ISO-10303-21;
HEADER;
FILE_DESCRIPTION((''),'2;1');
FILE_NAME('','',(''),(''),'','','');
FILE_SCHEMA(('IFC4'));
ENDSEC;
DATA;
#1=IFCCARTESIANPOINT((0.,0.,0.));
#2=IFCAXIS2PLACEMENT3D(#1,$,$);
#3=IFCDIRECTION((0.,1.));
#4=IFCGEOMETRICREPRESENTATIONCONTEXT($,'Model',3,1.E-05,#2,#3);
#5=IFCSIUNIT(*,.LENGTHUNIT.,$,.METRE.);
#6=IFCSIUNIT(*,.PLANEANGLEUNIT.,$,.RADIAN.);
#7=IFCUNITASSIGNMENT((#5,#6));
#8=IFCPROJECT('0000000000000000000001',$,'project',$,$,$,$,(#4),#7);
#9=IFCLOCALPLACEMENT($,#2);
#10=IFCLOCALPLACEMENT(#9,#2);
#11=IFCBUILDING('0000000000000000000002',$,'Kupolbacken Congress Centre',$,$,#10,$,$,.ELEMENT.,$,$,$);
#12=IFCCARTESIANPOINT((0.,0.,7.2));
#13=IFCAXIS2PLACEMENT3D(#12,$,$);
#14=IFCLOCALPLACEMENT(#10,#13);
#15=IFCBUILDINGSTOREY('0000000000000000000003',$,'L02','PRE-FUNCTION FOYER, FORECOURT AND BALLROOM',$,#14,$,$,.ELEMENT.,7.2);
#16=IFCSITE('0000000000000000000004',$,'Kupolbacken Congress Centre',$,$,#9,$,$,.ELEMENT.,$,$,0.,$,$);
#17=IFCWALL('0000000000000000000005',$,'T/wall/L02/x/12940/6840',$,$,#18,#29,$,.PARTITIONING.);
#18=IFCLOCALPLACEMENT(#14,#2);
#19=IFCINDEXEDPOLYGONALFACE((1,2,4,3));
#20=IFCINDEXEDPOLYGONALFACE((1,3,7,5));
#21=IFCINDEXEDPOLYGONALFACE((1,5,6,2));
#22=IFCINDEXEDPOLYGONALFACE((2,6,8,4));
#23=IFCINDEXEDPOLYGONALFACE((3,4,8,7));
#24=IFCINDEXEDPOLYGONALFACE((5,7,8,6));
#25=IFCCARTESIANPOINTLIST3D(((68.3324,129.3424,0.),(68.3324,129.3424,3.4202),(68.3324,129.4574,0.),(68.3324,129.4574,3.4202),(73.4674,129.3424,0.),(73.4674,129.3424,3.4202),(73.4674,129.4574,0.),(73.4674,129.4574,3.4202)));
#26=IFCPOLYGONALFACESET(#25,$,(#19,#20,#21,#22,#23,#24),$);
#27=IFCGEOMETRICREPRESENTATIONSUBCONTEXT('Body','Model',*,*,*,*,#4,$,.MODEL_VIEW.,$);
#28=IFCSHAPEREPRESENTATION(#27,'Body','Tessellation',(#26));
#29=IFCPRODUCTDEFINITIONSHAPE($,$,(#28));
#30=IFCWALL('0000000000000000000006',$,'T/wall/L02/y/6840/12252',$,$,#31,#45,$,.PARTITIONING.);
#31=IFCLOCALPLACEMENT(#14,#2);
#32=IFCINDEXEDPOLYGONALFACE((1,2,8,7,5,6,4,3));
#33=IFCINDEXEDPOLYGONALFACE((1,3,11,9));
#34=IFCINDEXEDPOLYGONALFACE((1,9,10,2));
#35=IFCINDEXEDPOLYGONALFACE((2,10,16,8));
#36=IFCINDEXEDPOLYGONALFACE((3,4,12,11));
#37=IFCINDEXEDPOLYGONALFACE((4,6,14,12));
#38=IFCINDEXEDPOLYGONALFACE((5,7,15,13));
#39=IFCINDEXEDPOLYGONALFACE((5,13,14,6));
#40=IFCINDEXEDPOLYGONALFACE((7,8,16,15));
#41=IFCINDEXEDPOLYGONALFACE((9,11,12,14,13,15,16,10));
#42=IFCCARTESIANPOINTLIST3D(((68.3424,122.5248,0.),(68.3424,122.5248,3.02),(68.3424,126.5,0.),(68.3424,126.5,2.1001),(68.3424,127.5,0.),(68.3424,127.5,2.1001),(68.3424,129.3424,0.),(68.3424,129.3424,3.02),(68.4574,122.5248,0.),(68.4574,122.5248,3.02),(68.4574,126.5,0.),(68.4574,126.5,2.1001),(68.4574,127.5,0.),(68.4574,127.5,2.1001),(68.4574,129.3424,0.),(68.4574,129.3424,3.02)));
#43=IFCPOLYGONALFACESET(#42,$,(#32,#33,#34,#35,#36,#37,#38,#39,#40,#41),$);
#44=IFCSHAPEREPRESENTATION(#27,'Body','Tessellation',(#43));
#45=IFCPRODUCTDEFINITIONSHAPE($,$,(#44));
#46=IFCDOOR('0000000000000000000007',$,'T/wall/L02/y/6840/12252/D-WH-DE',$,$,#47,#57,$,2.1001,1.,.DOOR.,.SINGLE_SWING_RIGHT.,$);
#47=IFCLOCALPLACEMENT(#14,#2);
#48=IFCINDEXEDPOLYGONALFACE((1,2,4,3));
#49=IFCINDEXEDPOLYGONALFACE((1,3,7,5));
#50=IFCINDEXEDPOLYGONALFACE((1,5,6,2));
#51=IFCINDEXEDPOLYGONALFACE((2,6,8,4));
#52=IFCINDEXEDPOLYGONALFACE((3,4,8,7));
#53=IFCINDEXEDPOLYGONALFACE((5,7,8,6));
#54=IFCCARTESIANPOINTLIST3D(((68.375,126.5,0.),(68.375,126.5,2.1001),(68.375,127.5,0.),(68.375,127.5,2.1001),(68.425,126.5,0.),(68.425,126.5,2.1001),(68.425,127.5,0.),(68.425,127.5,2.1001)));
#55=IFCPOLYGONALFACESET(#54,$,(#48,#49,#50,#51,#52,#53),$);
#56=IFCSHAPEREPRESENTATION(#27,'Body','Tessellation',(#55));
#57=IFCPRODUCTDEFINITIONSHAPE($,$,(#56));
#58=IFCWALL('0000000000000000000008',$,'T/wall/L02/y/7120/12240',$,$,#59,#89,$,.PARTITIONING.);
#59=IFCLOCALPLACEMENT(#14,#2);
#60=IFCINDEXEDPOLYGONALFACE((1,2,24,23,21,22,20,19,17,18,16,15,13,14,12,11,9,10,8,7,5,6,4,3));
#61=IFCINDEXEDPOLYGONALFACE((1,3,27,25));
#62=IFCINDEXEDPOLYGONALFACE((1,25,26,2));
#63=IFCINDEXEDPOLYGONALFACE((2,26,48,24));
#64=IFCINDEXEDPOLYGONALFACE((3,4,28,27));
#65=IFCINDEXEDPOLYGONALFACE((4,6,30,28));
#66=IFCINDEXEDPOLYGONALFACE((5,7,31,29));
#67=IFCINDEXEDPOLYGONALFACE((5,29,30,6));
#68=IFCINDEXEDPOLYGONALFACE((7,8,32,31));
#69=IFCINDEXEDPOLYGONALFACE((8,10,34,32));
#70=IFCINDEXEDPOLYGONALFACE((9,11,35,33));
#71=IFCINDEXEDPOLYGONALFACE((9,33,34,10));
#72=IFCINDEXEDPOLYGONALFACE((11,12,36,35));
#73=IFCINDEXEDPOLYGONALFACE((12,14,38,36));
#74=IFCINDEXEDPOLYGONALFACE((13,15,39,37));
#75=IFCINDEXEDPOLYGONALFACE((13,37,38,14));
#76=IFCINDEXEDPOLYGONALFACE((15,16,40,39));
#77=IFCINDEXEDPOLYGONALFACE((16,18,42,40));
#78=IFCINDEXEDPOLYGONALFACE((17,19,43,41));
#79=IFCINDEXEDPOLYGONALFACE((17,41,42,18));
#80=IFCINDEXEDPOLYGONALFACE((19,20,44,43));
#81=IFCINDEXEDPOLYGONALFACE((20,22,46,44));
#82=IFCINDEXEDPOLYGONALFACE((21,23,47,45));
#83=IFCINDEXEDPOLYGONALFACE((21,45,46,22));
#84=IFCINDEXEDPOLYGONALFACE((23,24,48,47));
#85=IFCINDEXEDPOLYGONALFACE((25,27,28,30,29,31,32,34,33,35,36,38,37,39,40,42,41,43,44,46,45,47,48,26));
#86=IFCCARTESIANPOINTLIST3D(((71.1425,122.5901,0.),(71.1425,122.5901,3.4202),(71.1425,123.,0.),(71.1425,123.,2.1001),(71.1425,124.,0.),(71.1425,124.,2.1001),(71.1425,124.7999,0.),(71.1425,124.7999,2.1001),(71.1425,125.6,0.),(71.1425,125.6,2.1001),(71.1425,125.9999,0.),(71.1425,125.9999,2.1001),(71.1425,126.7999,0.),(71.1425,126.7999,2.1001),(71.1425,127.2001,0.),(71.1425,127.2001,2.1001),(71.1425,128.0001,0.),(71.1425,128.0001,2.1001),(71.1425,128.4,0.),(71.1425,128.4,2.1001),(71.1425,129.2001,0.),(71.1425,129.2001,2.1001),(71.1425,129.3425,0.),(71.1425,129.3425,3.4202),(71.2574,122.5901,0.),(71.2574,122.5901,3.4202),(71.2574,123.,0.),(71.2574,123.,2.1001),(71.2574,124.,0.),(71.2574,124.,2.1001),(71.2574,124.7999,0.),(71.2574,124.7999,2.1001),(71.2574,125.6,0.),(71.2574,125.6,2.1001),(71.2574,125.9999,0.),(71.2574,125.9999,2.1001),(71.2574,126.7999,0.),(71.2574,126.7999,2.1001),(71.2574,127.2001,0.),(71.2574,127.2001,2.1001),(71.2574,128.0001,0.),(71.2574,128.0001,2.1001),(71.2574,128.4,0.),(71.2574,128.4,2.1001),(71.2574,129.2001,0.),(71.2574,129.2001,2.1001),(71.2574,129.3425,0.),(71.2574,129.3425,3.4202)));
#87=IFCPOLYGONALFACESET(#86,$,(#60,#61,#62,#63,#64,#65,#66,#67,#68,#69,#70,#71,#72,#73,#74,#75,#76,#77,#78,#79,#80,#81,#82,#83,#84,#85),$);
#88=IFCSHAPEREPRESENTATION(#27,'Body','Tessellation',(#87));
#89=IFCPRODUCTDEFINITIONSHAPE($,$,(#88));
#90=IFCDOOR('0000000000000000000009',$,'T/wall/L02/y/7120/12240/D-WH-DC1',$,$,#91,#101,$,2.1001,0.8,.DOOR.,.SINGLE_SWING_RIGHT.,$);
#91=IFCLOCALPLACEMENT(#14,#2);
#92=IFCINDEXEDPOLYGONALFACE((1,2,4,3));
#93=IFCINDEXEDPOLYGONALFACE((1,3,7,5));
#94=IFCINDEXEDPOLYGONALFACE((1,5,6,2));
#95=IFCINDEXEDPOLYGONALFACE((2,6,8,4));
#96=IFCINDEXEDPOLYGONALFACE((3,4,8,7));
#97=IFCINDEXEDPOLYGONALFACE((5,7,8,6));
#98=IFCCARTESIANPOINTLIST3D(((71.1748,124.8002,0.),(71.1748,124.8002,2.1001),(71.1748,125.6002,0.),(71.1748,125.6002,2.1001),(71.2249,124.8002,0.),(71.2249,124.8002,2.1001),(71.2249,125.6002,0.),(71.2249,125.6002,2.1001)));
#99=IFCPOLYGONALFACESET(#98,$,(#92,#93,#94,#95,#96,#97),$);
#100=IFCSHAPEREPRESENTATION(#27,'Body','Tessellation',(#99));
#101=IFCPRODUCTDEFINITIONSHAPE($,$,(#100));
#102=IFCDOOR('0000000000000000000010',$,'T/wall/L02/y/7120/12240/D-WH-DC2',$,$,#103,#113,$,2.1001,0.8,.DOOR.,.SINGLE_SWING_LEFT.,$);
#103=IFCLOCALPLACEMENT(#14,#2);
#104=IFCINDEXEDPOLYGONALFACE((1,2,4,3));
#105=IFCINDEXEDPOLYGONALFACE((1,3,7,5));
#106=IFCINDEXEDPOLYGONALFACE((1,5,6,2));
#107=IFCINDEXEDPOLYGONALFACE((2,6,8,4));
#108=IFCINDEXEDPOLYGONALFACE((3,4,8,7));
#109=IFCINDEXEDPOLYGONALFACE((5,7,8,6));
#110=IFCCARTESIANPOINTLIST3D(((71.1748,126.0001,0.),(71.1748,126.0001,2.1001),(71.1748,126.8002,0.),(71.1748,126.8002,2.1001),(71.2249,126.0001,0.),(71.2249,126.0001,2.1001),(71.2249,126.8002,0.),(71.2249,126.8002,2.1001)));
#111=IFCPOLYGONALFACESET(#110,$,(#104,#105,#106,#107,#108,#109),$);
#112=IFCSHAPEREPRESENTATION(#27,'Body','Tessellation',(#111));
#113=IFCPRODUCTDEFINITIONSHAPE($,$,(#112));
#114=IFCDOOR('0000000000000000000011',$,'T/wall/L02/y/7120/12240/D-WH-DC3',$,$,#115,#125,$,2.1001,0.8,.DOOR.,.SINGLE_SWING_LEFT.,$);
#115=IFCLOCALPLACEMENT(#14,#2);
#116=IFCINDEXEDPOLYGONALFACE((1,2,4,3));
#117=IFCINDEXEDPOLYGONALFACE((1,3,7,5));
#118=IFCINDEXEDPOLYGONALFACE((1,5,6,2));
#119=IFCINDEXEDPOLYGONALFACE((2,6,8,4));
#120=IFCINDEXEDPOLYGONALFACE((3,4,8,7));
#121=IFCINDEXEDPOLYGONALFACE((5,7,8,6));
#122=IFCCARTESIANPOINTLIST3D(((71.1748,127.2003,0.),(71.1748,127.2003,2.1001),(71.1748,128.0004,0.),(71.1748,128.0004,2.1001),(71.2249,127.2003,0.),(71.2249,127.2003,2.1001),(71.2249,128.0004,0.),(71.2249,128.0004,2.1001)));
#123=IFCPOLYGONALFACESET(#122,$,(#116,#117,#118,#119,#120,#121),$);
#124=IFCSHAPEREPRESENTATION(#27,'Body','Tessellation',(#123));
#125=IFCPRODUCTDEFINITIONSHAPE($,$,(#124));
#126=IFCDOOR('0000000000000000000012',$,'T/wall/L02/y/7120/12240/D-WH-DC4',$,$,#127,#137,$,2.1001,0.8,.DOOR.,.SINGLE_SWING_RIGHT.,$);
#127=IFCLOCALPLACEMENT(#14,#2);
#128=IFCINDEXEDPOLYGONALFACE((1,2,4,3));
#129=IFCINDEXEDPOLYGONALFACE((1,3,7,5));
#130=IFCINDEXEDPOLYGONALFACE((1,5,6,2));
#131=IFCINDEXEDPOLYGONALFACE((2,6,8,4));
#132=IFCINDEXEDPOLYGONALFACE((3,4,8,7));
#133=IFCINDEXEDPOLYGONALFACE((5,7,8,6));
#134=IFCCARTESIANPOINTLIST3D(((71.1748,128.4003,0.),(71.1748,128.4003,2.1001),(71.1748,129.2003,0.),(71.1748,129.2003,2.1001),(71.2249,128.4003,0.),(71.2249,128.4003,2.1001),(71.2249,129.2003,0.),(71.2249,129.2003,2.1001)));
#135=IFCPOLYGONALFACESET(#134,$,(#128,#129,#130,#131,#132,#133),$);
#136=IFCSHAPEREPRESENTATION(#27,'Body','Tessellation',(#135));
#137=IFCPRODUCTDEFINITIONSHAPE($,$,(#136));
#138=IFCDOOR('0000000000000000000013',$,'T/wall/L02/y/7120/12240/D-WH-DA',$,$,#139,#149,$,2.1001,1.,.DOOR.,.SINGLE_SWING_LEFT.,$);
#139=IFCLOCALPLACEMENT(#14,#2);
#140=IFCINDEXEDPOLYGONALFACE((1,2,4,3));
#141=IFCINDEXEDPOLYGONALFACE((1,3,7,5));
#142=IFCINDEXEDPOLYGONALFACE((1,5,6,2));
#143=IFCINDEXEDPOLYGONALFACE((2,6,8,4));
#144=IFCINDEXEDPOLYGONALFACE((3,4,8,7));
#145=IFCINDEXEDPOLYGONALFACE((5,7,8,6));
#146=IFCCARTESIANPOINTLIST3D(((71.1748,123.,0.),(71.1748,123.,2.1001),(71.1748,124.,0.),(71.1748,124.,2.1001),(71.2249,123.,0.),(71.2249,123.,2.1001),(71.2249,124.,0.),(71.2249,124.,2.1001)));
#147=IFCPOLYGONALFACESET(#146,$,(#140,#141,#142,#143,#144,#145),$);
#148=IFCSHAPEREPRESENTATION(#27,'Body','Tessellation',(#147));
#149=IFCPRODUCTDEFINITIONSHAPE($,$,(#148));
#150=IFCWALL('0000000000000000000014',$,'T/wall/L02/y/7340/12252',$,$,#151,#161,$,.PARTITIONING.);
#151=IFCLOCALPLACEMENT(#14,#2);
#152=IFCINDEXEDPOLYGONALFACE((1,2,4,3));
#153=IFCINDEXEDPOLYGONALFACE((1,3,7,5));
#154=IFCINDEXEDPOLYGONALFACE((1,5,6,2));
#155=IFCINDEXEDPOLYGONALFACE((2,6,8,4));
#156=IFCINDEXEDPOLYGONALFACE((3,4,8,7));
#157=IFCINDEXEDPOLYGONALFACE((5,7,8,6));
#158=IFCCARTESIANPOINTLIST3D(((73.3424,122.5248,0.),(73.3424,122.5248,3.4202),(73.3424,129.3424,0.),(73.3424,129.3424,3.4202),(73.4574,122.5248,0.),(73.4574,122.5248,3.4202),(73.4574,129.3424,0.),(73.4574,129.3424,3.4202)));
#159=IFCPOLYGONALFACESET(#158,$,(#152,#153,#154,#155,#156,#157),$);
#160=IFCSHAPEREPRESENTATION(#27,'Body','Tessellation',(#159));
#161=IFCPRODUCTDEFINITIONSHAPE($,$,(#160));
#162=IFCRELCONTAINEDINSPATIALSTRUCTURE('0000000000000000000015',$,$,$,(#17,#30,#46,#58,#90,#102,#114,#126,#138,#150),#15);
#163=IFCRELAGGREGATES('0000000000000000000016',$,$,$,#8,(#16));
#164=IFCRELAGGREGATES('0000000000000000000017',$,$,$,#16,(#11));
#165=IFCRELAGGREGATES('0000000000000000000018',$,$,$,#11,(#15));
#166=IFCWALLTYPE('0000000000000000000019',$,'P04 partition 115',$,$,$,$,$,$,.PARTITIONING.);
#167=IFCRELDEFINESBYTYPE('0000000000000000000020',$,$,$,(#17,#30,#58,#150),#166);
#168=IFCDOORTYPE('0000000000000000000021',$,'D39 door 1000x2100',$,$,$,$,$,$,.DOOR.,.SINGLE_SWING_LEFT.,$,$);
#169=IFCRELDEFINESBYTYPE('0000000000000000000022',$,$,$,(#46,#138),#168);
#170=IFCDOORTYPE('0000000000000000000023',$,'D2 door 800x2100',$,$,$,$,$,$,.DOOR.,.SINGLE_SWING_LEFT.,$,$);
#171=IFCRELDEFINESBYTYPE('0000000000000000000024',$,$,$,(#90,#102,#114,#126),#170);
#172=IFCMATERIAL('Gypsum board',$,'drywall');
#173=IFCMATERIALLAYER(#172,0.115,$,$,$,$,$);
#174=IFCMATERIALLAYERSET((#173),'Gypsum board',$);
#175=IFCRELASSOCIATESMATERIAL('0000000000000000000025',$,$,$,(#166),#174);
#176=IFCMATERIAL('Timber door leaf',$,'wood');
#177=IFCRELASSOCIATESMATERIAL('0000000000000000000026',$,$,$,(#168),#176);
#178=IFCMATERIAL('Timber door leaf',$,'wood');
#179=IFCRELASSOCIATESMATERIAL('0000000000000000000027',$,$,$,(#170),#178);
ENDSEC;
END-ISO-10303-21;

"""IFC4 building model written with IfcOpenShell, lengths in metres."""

from ifc_helpers import new_model, si_unit, direction, frame, frame_2d, origin, place, context, subcontext, project, spatial, rectangle, extrude, material, layer, layer_set, type_object, element, fill, save


model = new_model("IFC4")

# Units and contexts
model_context = context("Model", 3, precision=1e-05, world=origin(), true_north=direction((0.0, 1.0)))
body_context = subcontext(model_context, "Body", "Model", "MODEL_VIEW")
ifc_project = project(units=[si_unit("LENGTHUNIT", "METRE"), si_unit("PLANEANGLEUNIT", "RADIAN")], contexts=[model_context])

# Site, building, storey
site_placement = place(None, origin())
site = spatial("IfcSite", under=ifc_project, at=site_placement, Name="Kupolbacken Congress Centre", CompositionType="ELEMENT", RefElevation=0.0)
building_placement = place(site_placement, origin())
building = spatial("IfcBuilding", under=site, at=building_placement, Name="Kupolbacken Congress Centre", CompositionType="ELEMENT")
storey_placement = place(building_placement, frame((0.0, 0.0, 7.2)))
storey = spatial("IfcBuildingStorey", under=building, at=storey_placement, Name="L02", Description="PRE-FUNCTION FOYER, FORECOURT AND BALLROOM", CompositionType="ELEMENT", Elevation=7.2)

# Wall
ifc_material_1 = material(Name="Gypsum board", Category="drywall")
ifc_layer_1 = layer(ifc_material_1, 0.115)
ifc_layer_set_1 = layer_set([ifc_layer_1], Name="Gypsum board")
wall_type_1 = type_object("IfcWallType", Name="P04 partition 115", PredefinedType="PARTITIONING", material=ifc_layer_set_1)
wall_1_placement = place(storey_placement, frame((68.3325, 129.3999, 0.0), z_axis=(0.0, 0.0, 1.0), x_axis=(1.0, 0.0, 0.0)))
element("IfcWall", 1, at=wall_1_placement, inside=storey, type_object=wall_type_1, Name="T/wall/L02/x/12940/6840", PredefinedType="PARTITIONING", context=body_context, shape_type="SweptSolid", body=[
    extrude(rectangle(XDim=5.135, YDim=0.115, at=frame_2d((2.5674, 0.0))), origin(), (0.0, 0.0, 1.0), 3.4202),
])

# Wall, opening, door
wall_2_placement = place(storey_placement, frame((68.3999, 122.5249, 0.0), z_axis=(0.0, 0.0, 1.0), x_axis=(0.0, 1.0, 0.0)))
wall_2 = element("IfcWall", 2, at=wall_2_placement, inside=storey, type_object=wall_type_1, Name="T/wall/L02/y/6840/12252", PredefinedType="PARTITIONING", context=body_context, shape_type="SweptSolid", body=[
    extrude(rectangle(XDim=6.8176, YDim=0.115, at=frame_2d((3.4087, 0.0))), origin(), (0.0, 0.0, 1.0), 3.02),
])
opening_1_placement = place(wall_2_placement, frame((3.9751, 0.0, 0.0)))
opening_1 = element("IfcOpeningElement", 3, at=opening_1_placement, cuts=wall_2, PredefinedType="OPENING", context=body_context, shape_type="SweptSolid", body=[
    extrude(rectangle(XDim=1.0, YDim=2.1001, at=frame_2d((0.5, 1.05))), frame((0.0, 0.0674, 0.0), z_axis=(0.0, -1.0, 0.0), x_axis=(1.0, 0.0, 0.0)), (0.0, 0.0, 1.0), 0.135),
])
ifc_material_2 = material(Name="Timber door leaf", Category="wood")
door_type_1 = type_object("IfcDoorType", Name="D39 door 1000x2100", OperationType="SINGLE_SWING_LEFT", PredefinedType="DOOR", material=ifc_material_2)
door_1_placement = place(opening_1_placement, origin())
door_1 = element("IfcDoor", 4, at=door_1_placement, inside=storey, type_object=door_type_1, Name="T/wall/L02/y/6840/12252/D-WH-DE", OperationType="SINGLE_SWING_RIGHT", OverallHeight=2.1001, OverallWidth=1.0, PredefinedType="DOOR", context=body_context, shape_type="SweptSolid", body=[
    extrude(rectangle(XDim=1.0, YDim=2.1001, at=frame_2d((0.5, 1.05))), frame((0.0, 0.0249, 0.0), z_axis=(0.0, -1.0, 0.0), x_axis=(1.0, 0.0, 0.0)), (0.0, 0.0, 1.0), 0.05),
])
fill(opening_1, door_1)

# Wall, openings, doors
wall_3_placement = place(storey_placement, frame((71.2, 122.5901, 0.0), z_axis=(0.0, 0.0, 1.0), x_axis=(0.0, 1.0, 0.0)))
wall_3 = element("IfcWall", 5, at=wall_3_placement, inside=storey, type_object=wall_type_1, Name="T/wall/L02/y/7120/12240", PredefinedType="PARTITIONING", context=body_context, shape_type="SweptSolid", body=[
    extrude(rectangle(XDim=6.7524, YDim=0.115, at=frame_2d((3.3762, 0.0))), origin(), (0.0, 0.0, 1.0), 3.4202),
])
opening_2_placement = place(wall_3_placement, frame((0.4099, 0.0, 0.0)))
opening_2 = element("IfcOpeningElement", 6, at=opening_2_placement, cuts=wall_3, PredefinedType="OPENING", context=body_context, shape_type="SweptSolid", body=[
    extrude(rectangle(XDim=1.0, YDim=2.1001, at=frame_2d((0.5, 1.05))), frame((0.0, 0.0674, 0.0), z_axis=(0.0, -1.0, 0.0), x_axis=(1.0, 0.0, 0.0)), (0.0, 0.0, 1.0), 0.135),
])
opening_3_placement = place(wall_3_placement, frame((2.21, 0.0, 0.0)))
opening_3 = element("IfcOpeningElement", 7, at=opening_3_placement, cuts=wall_3, PredefinedType="OPENING", context=body_context, shape_type="SweptSolid", body=[
    extrude(rectangle(XDim=0.8, YDim=2.1001, at=frame_2d((0.3999, 1.05))), frame((0.0, 0.0674, 0.0), z_axis=(0.0, -1.0, 0.0), x_axis=(1.0, 0.0, 0.0)), (0.0, 0.0, 1.0), 0.135),
])
opening_4_placement = place(wall_3_placement, frame((3.4099, 0.0, 0.0)))
opening_4 = element("IfcOpeningElement", 8, at=opening_4_placement, cuts=wall_3, PredefinedType="OPENING", context=body_context, shape_type="SweptSolid", body=[
    extrude(rectangle(XDim=0.8, YDim=2.1001, at=frame_2d((0.3999, 1.05))), frame((0.0, 0.0674, 0.0), z_axis=(0.0, -1.0, 0.0), x_axis=(1.0, 0.0, 0.0)), (0.0, 0.0, 1.0), 0.135),
])
opening_5_placement = place(wall_3_placement, frame((4.6101, 0.0, 0.0)))
opening_5 = element("IfcOpeningElement", 9, at=opening_5_placement, cuts=wall_3, PredefinedType="OPENING", context=body_context, shape_type="SweptSolid", body=[
    extrude(rectangle(XDim=0.8, YDim=2.1001, at=frame_2d((0.3999, 1.05))), frame((0.0, 0.0674, 0.0), z_axis=(0.0, -1.0, 0.0), x_axis=(1.0, 0.0, 0.0)), (0.0, 0.0, 1.0), 0.135),
])
opening_6_placement = place(wall_3_placement, frame((5.8101, 0.0, 0.0)))
opening_6 = element("IfcOpeningElement", 10, at=opening_6_placement, cuts=wall_3, PredefinedType="OPENING", context=body_context, shape_type="SweptSolid", body=[
    extrude(rectangle(XDim=0.8, YDim=2.1001, at=frame_2d((0.3999, 1.05))), frame((0.0, 0.0674, 0.0), z_axis=(0.0, -1.0, 0.0), x_axis=(1.0, 0.0, 0.0)), (0.0, 0.0, 1.0), 0.135),
])
ifc_material_3 = material(Name="Timber door leaf", Category="wood")
door_type_2 = type_object("IfcDoorType", Name="D2 door 800x2100", OperationType="SINGLE_SWING_LEFT", PredefinedType="DOOR", material=ifc_material_3)
door_2_placement = place(opening_3_placement, frame((0.8, 0.0, 0.0), z_axis=(0.0, 0.0, 1.0), x_axis=(-1.0, 0.0, 0.0)))
door_2 = element("IfcDoor", 11, at=door_2_placement, inside=storey, type_object=door_type_2, Name="T/wall/L02/y/7120/12240/D-WH-DC1", OperationType="SINGLE_SWING_RIGHT", OverallHeight=2.1001, OverallWidth=0.8, PredefinedType="DOOR", context=body_context, shape_type="SweptSolid", body=[
    extrude(rectangle(XDim=0.8, YDim=2.1001, at=frame_2d((0.3999, 1.05))), frame((0.0, 0.0249, 0.0), z_axis=(0.0, -1.0, 0.0), x_axis=(1.0, 0.0, 0.0)), (0.0, 0.0, 1.0), 0.05),
])
fill(opening_3, door_2)
door_3_placement = place(opening_4_placement, frame((0.8, 0.0, 0.0), z_axis=(0.0, 0.0, 1.0), x_axis=(-1.0, 0.0, 0.0)))
door_3 = element("IfcDoor", 12, at=door_3_placement, inside=storey, type_object=door_type_2, Name="T/wall/L02/y/7120/12240/D-WH-DC2", OperationType="SINGLE_SWING_LEFT", OverallHeight=2.1001, OverallWidth=0.8, PredefinedType="DOOR", context=body_context, shape_type="SweptSolid", body=[
    extrude(rectangle(XDim=0.8, YDim=2.1001, at=frame_2d((0.3999, 1.05))), frame((0.0, 0.0249, 0.0), z_axis=(0.0, -1.0, 0.0), x_axis=(1.0, 0.0, 0.0)), (0.0, 0.0, 1.0), 0.05),
])
fill(opening_4, door_3)
door_4_placement = place(opening_5_placement, frame((0.8, 0.0, 0.0), z_axis=(0.0, 0.0, 1.0), x_axis=(-1.0, 0.0, 0.0)))
door_4 = element("IfcDoor", 13, at=door_4_placement, inside=storey, type_object=door_type_2, Name="T/wall/L02/y/7120/12240/D-WH-DC3", OperationType="SINGLE_SWING_LEFT", OverallHeight=2.1001, OverallWidth=0.8, PredefinedType="DOOR", context=body_context, shape_type="SweptSolid", body=[
    extrude(rectangle(XDim=0.8, YDim=2.1001, at=frame_2d((0.3999, 1.05))), frame((0.0, 0.0249, 0.0), z_axis=(0.0, -1.0, 0.0), x_axis=(1.0, 0.0, 0.0)), (0.0, 0.0, 1.0), 0.05),
])
fill(opening_5, door_4)
door_5_placement = place(opening_6_placement, frame((0.8, 0.0, 0.0), z_axis=(0.0, 0.0, 1.0), x_axis=(-1.0, 0.0, 0.0)))
door_5 = element("IfcDoor", 14, at=door_5_placement, inside=storey, type_object=door_type_2, Name="T/wall/L02/y/7120/12240/D-WH-DC4", OperationType="SINGLE_SWING_RIGHT", OverallHeight=2.1001, OverallWidth=0.8, PredefinedType="DOOR", context=body_context, shape_type="SweptSolid", body=[
    extrude(rectangle(XDim=0.8, YDim=2.1001, at=frame_2d((0.3999, 1.05))), frame((0.0, 0.0249, 0.0), z_axis=(0.0, -1.0, 0.0), x_axis=(1.0, 0.0, 0.0)), (0.0, 0.0, 1.0), 0.05),
])
fill(opening_6, door_5)
door_6_placement = place(opening_2_placement, frame((1.0, 0.0, 0.0), z_axis=(0.0, 0.0, 1.0), x_axis=(-1.0, 0.0, 0.0)))
door_6 = element("IfcDoor", 15, at=door_6_placement, inside=storey, type_object=door_type_1, Name="T/wall/L02/y/7120/12240/D-WH-DA", OperationType="SINGLE_SWING_LEFT", OverallHeight=2.1001, OverallWidth=1.0, PredefinedType="DOOR", context=body_context, shape_type="SweptSolid", body=[
    extrude(rectangle(XDim=1.0, YDim=2.1001, at=frame_2d((0.5, 1.05))), frame((0.0, 0.0249, 0.0), z_axis=(0.0, -1.0, 0.0), x_axis=(1.0, 0.0, 0.0)), (0.0, 0.0, 1.0), 0.05),
])
fill(opening_2, door_6)

# Wall
wall_4_placement = place(storey_placement, frame((73.3999, 122.5249, 0.0), z_axis=(0.0, 0.0, 1.0), x_axis=(0.0, 1.0, 0.0)))
element("IfcWall", 16, at=wall_4_placement, inside=storey, type_object=wall_type_1, Name="T/wall/L02/y/7340/12252", PredefinedType="PARTITIONING", context=body_context, shape_type="SweptSolid", body=[
    extrude(rectangle(XDim=6.8176, YDim=0.115, at=frame_2d((3.4087, 0.0))), origin(), (0.0, 0.0, 1.0), 3.4202),
])

save(model, "model.ifc")
